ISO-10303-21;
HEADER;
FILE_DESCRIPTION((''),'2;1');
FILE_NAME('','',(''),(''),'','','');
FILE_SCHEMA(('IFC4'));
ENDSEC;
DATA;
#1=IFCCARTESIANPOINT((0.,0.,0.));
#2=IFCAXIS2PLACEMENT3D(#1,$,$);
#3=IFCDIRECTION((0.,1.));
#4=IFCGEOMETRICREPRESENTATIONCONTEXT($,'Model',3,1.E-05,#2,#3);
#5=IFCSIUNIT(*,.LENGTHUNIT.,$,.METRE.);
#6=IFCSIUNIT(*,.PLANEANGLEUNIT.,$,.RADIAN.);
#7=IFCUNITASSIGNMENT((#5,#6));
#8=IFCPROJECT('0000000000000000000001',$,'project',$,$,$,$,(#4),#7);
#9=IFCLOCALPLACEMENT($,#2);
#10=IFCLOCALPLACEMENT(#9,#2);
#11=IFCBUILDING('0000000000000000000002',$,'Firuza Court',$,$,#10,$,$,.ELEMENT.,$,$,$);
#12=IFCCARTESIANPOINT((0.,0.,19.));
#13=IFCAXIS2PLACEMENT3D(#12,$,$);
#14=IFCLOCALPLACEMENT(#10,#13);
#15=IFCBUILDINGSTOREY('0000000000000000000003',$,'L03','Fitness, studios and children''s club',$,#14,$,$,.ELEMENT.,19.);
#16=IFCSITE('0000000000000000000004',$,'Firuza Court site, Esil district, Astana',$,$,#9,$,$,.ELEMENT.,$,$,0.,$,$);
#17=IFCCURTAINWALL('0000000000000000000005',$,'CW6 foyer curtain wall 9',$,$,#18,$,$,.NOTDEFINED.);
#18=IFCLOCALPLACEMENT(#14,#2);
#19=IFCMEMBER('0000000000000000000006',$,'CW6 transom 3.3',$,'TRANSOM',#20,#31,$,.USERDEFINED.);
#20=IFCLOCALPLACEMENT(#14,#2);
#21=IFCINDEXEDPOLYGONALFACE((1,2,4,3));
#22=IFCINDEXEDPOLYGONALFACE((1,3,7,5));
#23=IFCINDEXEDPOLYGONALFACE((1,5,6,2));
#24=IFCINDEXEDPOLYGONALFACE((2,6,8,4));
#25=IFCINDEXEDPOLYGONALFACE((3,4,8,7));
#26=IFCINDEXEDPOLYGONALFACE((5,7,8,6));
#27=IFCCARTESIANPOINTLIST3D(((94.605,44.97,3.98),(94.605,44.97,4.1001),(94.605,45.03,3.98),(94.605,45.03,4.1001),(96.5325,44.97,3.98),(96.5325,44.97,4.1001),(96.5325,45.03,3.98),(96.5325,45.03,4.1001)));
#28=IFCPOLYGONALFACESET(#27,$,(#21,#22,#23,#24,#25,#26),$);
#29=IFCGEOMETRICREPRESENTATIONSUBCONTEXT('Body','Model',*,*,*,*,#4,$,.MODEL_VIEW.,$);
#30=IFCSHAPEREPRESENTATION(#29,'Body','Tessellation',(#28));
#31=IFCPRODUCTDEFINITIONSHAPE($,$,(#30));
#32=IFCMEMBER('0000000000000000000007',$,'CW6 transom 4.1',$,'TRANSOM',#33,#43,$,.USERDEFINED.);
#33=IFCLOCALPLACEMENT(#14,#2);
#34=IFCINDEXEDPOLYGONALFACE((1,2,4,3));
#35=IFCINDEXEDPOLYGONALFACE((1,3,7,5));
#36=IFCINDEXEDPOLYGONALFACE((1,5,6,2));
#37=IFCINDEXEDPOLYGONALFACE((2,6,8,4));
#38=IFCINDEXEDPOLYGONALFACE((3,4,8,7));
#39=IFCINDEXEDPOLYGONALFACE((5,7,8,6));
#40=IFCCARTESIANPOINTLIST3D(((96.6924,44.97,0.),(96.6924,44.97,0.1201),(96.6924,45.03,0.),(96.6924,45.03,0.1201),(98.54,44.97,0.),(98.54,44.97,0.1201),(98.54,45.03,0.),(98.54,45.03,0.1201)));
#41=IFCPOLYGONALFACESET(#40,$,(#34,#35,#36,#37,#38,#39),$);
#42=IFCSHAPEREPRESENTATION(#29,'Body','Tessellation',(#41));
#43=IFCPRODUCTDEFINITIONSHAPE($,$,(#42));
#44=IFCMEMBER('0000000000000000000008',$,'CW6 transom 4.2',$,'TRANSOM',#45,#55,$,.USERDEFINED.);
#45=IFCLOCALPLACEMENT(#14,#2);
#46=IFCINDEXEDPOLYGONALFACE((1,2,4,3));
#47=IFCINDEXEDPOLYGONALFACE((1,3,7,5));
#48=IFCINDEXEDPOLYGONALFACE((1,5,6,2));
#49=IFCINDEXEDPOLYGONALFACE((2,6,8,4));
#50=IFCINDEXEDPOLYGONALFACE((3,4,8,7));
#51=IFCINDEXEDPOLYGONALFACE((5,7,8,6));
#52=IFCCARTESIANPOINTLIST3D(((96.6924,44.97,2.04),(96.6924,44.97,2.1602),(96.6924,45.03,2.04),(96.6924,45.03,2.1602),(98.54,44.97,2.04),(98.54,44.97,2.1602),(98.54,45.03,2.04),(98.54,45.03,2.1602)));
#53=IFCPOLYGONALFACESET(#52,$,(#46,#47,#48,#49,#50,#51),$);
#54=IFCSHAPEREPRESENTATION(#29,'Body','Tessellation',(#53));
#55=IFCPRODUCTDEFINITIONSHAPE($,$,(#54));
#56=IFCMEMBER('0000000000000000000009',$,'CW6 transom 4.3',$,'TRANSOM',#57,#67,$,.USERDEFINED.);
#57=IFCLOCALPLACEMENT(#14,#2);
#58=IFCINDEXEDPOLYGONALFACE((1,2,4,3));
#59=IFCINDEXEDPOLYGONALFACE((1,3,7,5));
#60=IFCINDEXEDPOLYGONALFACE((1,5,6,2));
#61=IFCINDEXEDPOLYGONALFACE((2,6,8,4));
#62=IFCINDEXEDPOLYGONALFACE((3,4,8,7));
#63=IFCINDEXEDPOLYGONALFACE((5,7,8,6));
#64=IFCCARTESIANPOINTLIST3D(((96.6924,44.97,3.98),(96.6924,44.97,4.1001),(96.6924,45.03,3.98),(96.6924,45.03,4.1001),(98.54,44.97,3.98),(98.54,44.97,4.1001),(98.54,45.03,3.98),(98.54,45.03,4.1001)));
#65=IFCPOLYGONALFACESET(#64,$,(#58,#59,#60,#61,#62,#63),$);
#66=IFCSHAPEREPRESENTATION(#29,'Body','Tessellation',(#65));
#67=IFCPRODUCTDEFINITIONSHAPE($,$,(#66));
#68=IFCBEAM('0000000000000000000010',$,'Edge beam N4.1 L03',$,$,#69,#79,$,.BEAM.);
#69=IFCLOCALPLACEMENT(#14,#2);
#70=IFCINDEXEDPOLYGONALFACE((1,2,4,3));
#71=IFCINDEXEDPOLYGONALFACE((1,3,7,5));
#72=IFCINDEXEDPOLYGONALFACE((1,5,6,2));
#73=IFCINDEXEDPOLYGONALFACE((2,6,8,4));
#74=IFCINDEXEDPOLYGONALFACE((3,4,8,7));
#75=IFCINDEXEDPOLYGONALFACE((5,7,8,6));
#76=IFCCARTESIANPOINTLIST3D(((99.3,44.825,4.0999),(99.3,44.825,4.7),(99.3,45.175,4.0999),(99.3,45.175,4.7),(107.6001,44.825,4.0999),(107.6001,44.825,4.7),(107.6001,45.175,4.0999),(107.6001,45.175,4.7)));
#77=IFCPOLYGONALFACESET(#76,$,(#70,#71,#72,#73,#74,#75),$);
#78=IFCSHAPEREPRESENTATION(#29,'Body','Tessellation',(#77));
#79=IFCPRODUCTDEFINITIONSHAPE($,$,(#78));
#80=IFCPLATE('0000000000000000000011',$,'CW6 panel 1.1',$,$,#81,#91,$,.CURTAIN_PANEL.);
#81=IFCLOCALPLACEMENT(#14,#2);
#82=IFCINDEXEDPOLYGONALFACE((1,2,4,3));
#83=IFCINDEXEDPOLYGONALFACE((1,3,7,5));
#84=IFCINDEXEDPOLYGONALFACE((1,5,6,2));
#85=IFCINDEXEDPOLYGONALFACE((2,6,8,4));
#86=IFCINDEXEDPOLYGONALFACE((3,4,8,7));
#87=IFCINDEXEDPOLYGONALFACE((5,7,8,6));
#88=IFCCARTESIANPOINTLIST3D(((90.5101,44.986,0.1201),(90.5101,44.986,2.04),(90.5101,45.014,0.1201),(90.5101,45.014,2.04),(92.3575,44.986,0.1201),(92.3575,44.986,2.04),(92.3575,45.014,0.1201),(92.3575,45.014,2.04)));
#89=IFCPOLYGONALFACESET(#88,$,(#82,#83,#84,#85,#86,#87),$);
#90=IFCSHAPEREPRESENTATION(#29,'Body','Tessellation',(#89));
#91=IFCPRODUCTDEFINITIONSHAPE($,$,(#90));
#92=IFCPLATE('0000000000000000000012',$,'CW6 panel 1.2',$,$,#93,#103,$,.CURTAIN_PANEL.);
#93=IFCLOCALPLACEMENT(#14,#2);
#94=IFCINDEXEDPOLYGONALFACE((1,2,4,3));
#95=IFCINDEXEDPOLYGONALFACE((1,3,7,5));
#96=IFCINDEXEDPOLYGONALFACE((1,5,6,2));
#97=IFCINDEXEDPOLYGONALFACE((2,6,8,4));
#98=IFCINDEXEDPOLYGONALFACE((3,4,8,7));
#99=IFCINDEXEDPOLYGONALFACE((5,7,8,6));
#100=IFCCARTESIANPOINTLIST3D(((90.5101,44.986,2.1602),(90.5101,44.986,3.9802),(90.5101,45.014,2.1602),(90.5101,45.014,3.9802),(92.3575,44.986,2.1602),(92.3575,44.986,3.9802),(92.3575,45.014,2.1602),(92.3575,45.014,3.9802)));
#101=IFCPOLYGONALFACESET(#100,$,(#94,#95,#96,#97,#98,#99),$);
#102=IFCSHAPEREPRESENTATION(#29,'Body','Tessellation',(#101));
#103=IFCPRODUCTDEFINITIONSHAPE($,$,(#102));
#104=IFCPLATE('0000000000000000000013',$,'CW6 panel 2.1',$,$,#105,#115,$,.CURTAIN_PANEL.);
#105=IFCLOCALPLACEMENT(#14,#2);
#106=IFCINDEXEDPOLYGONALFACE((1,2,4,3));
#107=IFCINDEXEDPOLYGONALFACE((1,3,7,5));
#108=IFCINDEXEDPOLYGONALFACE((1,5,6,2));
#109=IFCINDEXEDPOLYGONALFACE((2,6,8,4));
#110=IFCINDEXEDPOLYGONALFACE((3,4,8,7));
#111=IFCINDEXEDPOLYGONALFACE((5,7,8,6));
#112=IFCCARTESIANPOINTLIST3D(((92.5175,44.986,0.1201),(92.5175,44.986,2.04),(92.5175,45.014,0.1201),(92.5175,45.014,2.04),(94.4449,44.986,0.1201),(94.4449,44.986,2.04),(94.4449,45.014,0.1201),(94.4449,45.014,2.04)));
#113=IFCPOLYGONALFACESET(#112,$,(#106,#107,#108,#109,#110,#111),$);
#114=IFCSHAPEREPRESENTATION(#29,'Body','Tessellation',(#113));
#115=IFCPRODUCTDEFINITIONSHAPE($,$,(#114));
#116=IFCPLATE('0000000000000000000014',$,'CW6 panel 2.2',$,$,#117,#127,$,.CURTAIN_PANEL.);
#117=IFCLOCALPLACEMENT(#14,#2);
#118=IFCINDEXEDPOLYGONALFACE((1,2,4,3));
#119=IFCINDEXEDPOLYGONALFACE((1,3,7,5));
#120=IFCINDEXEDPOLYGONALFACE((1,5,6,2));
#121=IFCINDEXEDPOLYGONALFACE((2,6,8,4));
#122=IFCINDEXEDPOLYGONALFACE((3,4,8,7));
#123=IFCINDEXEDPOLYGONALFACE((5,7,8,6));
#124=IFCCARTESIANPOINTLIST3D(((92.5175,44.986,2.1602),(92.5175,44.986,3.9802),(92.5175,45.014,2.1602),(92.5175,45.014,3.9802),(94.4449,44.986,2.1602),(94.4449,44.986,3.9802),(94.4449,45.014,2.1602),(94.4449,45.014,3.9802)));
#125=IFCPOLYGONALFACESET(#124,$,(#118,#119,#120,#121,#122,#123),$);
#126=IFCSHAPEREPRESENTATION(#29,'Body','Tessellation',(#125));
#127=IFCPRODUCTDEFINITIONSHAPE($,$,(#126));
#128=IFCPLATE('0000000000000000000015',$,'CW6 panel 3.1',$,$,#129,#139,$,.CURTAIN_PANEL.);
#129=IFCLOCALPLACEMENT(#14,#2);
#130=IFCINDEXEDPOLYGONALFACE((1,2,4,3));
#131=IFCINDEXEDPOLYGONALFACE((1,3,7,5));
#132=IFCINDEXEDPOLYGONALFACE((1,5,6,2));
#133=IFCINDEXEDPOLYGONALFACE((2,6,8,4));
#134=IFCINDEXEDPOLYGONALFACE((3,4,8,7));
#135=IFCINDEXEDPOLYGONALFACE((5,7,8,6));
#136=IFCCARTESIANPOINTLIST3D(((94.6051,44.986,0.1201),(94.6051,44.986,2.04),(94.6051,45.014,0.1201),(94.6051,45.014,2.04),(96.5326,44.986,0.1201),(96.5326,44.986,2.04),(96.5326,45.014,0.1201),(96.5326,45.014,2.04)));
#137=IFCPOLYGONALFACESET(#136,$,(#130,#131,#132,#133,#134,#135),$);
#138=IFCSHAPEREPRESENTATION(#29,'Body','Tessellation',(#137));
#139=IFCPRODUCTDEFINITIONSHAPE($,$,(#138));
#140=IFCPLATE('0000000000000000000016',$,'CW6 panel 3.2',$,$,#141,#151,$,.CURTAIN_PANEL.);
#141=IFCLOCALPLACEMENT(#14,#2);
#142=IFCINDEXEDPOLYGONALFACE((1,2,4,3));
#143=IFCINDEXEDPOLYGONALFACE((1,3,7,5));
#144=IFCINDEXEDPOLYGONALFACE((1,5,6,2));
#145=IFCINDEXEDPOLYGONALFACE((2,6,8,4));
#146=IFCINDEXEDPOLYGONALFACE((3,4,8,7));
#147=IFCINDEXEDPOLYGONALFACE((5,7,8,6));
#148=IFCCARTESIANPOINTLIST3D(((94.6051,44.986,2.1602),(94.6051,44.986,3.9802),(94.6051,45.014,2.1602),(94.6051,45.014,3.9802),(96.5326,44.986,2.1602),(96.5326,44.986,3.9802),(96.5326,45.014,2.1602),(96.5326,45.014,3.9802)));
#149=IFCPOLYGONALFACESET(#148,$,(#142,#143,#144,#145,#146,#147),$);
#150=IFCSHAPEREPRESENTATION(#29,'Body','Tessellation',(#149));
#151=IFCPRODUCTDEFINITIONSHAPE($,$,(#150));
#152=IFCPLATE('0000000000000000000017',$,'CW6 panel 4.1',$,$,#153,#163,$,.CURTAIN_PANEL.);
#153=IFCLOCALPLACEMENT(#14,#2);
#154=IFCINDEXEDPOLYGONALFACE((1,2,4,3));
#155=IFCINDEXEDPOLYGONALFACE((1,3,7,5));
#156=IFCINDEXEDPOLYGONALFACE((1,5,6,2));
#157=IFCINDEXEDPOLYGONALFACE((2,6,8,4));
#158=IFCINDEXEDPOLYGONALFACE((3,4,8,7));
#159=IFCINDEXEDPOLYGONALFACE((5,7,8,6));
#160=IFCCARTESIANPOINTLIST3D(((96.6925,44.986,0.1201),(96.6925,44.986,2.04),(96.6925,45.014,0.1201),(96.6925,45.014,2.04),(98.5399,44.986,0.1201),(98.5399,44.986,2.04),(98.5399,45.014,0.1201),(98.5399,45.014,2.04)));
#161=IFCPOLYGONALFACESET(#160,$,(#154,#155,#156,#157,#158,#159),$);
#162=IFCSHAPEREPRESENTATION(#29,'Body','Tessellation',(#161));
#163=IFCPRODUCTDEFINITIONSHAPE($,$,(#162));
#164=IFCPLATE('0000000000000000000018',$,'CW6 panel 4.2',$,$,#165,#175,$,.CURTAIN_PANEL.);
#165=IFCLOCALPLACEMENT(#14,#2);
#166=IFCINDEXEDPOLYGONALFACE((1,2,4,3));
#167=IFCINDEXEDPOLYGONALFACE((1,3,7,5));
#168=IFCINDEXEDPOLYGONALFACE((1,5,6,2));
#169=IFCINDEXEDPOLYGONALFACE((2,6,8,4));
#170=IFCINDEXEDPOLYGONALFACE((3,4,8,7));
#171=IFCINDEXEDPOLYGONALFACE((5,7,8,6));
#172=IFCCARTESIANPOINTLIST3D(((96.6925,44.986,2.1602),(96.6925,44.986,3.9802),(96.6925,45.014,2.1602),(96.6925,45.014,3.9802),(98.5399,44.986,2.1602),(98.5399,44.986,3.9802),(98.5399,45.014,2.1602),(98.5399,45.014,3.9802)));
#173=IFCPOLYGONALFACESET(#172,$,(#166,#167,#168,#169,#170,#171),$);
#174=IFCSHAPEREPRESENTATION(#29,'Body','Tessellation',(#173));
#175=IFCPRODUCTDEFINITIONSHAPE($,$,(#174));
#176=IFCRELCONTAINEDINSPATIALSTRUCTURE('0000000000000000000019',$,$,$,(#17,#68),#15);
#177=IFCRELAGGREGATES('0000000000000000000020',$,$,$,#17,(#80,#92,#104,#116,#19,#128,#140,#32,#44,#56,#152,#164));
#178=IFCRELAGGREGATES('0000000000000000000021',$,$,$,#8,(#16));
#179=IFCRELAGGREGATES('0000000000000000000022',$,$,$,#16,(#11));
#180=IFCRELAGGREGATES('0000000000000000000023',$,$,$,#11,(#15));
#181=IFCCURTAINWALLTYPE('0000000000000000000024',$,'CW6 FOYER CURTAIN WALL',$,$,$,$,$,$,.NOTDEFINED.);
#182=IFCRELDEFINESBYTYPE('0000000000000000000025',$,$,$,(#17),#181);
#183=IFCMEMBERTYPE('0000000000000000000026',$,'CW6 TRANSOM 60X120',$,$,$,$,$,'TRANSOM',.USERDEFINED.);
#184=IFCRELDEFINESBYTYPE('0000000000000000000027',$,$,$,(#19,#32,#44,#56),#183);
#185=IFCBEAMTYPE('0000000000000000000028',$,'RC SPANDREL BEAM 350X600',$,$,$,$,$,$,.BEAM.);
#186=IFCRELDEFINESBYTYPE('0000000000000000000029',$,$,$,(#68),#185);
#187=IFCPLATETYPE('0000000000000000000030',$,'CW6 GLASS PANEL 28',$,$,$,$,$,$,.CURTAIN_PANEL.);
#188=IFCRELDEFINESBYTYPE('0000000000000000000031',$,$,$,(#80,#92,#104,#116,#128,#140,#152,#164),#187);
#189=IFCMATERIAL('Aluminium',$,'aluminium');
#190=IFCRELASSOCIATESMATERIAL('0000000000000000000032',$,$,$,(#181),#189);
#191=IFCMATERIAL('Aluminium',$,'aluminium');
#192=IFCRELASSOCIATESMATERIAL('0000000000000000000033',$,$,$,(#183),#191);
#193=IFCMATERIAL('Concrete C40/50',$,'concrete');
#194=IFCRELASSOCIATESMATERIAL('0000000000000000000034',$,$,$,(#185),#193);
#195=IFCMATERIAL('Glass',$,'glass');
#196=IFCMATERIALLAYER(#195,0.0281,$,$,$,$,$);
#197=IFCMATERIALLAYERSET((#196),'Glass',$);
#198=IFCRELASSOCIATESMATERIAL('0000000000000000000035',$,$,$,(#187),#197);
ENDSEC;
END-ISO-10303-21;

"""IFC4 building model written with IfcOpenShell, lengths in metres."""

from ifc_helpers import new_model, si_unit, direction, frame, origin, origin_2d, place, context, subcontext, project, spatial, rectangle, extrude, material, layer, layer_set, material_profile, profile_set, type_object, element, aggregate, save


model = new_model("IFC4")

# Units and contexts
model_context = context("Model", 3, precision=1e-05, world=origin(), true_north=direction((0.0, 1.0)))
body_context = subcontext(model_context, "Body", "Model", "MODEL_VIEW")
ifc_project = project(units=[si_unit("LENGTHUNIT", "METRE"), si_unit("PLANEANGLEUNIT", "RADIAN")], contexts=[model_context])

# Site, building, storey
site_placement = place(None, origin())
site = spatial("IfcSite", under=ifc_project, at=site_placement, Name="Firuza Court site, Esil district, Astana", CompositionType="ELEMENT", RefElevation=0.0)
building_placement = place(site_placement, origin())
building = spatial("IfcBuilding", under=site, at=building_placement, Name="Firuza Court", CompositionType="ELEMENT")
storey_placement = place(building_placement, frame((0.0, 0.0, 19.0)))
storey = spatial("IfcBuildingStorey", under=building, at=storey_placement, Name="L03", Description="Fitness, studios and children's club", CompositionType="ELEMENT", Elevation=19.0)

# Curtain wall
ifc_material_1 = material(Name="Aluminium", Category="aluminium")
curtain_wall_type = type_object("IfcCurtainWallType", Name="CW6 FOYER CURTAIN WALL", PredefinedType="NOTDEFINED", material=ifc_material_1)
curtain_wall_1_placement = place(storey_placement, origin())
curtain_wall_1 = element("IfcCurtainWall", 1, at=curtain_wall_1_placement, inside=storey, type_object=curtain_wall_type, Name="CW6 foyer curtain wall 9", PredefinedType="NOTDEFINED")

# Members
ifc_material_2 = material(Name="Aluminium", Category="aluminium")
ifc_material_profile_1 = material_profile(ifc_material_2, rectangle(XDim=0.0601, YDim=0.1201, at=origin_2d()), Name="TRANSOM 60X120")
ifc_profile_set_1 = profile_set([ifc_material_profile_1], Name="Aluminium")
member_type_1 = type_object("IfcMemberType", Name="CW6 TRANSOM 60X120", ElementType="TRANSOM", PredefinedType="USERDEFINED", material=ifc_profile_set_1)
member_1_placement = place(storey_placement, frame((94.605, 45.0, 4.04), z_axis=(1.0, 0.0, 0.0), x_axis=(0.0, 1.0, 0.0)))
member_1 = element("IfcMember", 2, at=member_1_placement, type_object=member_type_1, Name="CW6 transom 3.3", ObjectType="TRANSOM", PredefinedType="USERDEFINED", context=body_context, shape_type="SweptSolid", body=[
    extrude(rectangle(XDim=0.0601, YDim=0.1201, at=origin_2d()), origin(), (0.0, 0.0, 1.0), 1.9275),
])
member_2_placement = place(storey_placement, frame((96.6924, 45.0, 0.0601), z_axis=(1.0, 0.0, 0.0), x_axis=(0.0, 1.0, 0.0)))
member_2 = element("IfcMember", 3, at=member_2_placement, type_object=member_type_1, Name="CW6 transom 4.1", ObjectType="TRANSOM", PredefinedType="USERDEFINED", context=body_context, shape_type="SweptSolid", body=[
    extrude(rectangle(XDim=0.0601, YDim=0.1201, at=origin_2d()), origin(), (0.0, 0.0, 1.0), 1.8477),
])
member_3_placement = place(storey_placement, frame((96.6924, 45.0, 2.1001), z_axis=(1.0, 0.0, 0.0), x_axis=(0.0, 1.0, 0.0)))
member_3 = element("IfcMember", 4, at=member_3_placement, type_object=member_type_1, Name="CW6 transom 4.2", ObjectType="TRANSOM", PredefinedType="USERDEFINED", context=body_context, shape_type="SweptSolid", body=[
    extrude(rectangle(XDim=0.0601, YDim=0.1201, at=origin_2d()), origin(), (0.0, 0.0, 1.0), 1.8477),
])
member_4_placement = place(storey_placement, frame((96.6924, 45.0, 4.04), z_axis=(1.0, 0.0, 0.0), x_axis=(0.0, 1.0, 0.0)))
member_4 = element("IfcMember", 5, at=member_4_placement, type_object=member_type_1, Name="CW6 transom 4.3", ObjectType="TRANSOM", PredefinedType="USERDEFINED", context=body_context, shape_type="SweptSolid", body=[
    extrude(rectangle(XDim=0.0601, YDim=0.1201, at=origin_2d()), origin(), (0.0, 0.0, 1.0), 1.8477),
])

# Beam
ifc_material_3 = material(Name="Concrete C40/50", Category="concrete")
ifc_material_profile_2 = material_profile(ifc_material_3, rectangle(XDim=0.3501, YDim=0.6001, at=origin_2d()), Name="RC 350X600")
ifc_profile_set_2 = profile_set([ifc_material_profile_2], Name="Concrete C40/50")
beam_type = type_object("IfcBeamType", Name="RC SPANDREL BEAM 350X600", PredefinedType="BEAM", material=ifc_profile_set_2)
beam_placement = place(storey_placement, frame((99.3, 45.0, 4.3999), z_axis=(1.0, 0.0, 0.0), x_axis=(0.0, 1.0, 0.0)))
element("IfcBeam", 6, at=beam_placement, inside=storey, type_object=beam_type, Name="Edge beam N4.1 L03", PredefinedType="BEAM", context=body_context, shape_type="SweptSolid", body=[
    extrude(rectangle(XDim=0.3501, YDim=0.6001, at=origin_2d()), origin(), (0.0, 0.0, 1.0), 8.3),
])

# Plates
ifc_material_4 = material(Name="Glass", Category="glass")
ifc_layer = layer(ifc_material_4, 0.0281)
ifc_layer_set = layer_set([ifc_layer], Name="Glass")
plate_type = type_object("IfcPlateType", Name="CW6 GLASS PANEL 28", PredefinedType="CURTAIN_PANEL", material=ifc_layer_set)
plate_1_placement = place(storey_placement, frame((91.4338, 45.0, 0.1201), z_axis=(0.0, 0.0, 1.0), x_axis=(1.0, 0.0, 0.0)))
plate_1 = element("IfcPlate", 7, at=plate_1_placement, type_object=plate_type, Name="CW6 panel 1.1", PredefinedType="CURTAIN_PANEL", context=body_context, shape_type="SweptSolid", body=[
    extrude(rectangle(XDim=1.8474, YDim=0.0281, at=origin_2d()), origin(), (0.0, 0.0, 1.0), 1.9199),
])
plate_2_placement = place(storey_placement, frame((91.4338, 45.0, 2.1602), z_axis=(0.0, 0.0, 1.0), x_axis=(1.0, 0.0, 0.0)))
plate_2 = element("IfcPlate", 8, at=plate_2_placement, type_object=plate_type, Name="CW6 panel 1.2", PredefinedType="CURTAIN_PANEL", context=body_context, shape_type="SweptSolid", body=[
    extrude(rectangle(XDim=1.8474, YDim=0.0281, at=origin_2d()), origin(), (0.0, 0.0, 1.0), 1.8201),
])
plate_3_placement = place(storey_placement, frame((93.4812, 45.0, 0.1201), z_axis=(0.0, 0.0, 1.0), x_axis=(1.0, 0.0, 0.0)))
plate_3 = element("IfcPlate", 9, at=plate_3_placement, type_object=plate_type, Name="CW6 panel 2.1", PredefinedType="CURTAIN_PANEL", context=body_context, shape_type="SweptSolid", body=[
    extrude(rectangle(XDim=1.9275, YDim=0.0281, at=origin_2d()), origin(), (0.0, 0.0, 1.0), 1.9199),
])
plate_4_placement = place(storey_placement, frame((93.4812, 45.0, 2.1602), z_axis=(0.0, 0.0, 1.0), x_axis=(1.0, 0.0, 0.0)))
plate_4 = element("IfcPlate", 10, at=plate_4_placement, type_object=plate_type, Name="CW6 panel 2.2", PredefinedType="CURTAIN_PANEL", context=body_context, shape_type="SweptSolid", body=[
    extrude(rectangle(XDim=1.9275, YDim=0.0281, at=origin_2d()), origin(), (0.0, 0.0, 1.0), 1.8201),
])
plate_5_placement = place(storey_placement, frame((95.5688, 45.0, 0.1201), z_axis=(0.0, 0.0, 1.0), x_axis=(1.0, 0.0, 0.0)))
plate_5 = element("IfcPlate", 11, at=plate_5_placement, type_object=plate_type, Name="CW6 panel 3.1", PredefinedType="CURTAIN_PANEL", context=body_context, shape_type="SweptSolid", body=[
    extrude(rectangle(XDim=1.9275, YDim=0.0281, at=origin_2d()), origin(), (0.0, 0.0, 1.0), 1.9199),
])
plate_6_placement = place(storey_placement, frame((95.5688, 45.0, 2.1602), z_axis=(0.0, 0.0, 1.0), x_axis=(1.0, 0.0, 0.0)))
plate_6 = element("IfcPlate", 12, at=plate_6_placement, type_object=plate_type, Name="CW6 panel 3.2", PredefinedType="CURTAIN_PANEL", context=body_context, shape_type="SweptSolid", body=[
    extrude(rectangle(XDim=1.9275, YDim=0.0281, at=origin_2d()), origin(), (0.0, 0.0, 1.0), 1.8201),
])
plate_7_placement = place(storey_placement, frame((97.6162, 45.0, 0.1201), z_axis=(0.0, 0.0, 1.0), x_axis=(1.0, 0.0, 0.0)))
plate_7 = element("IfcPlate", 13, at=plate_7_placement, type_object=plate_type, Name="CW6 panel 4.1", PredefinedType="CURTAIN_PANEL", context=body_context, shape_type="SweptSolid", body=[
    extrude(rectangle(XDim=1.8474, YDim=0.0281, at=origin_2d()), origin(), (0.0, 0.0, 1.0), 1.9199),
])
plate_8_placement = place(storey_placement, frame((97.6162, 45.0, 2.1602), z_axis=(0.0, 0.0, 1.0), x_axis=(1.0, 0.0, 0.0)))
plate_8 = element("IfcPlate", 14, at=plate_8_placement, type_object=plate_type, Name="CW6 panel 4.2", PredefinedType="CURTAIN_PANEL", context=body_context, shape_type="SweptSolid", body=[
    extrude(rectangle(XDim=1.8474, YDim=0.0281, at=origin_2d()), origin(), (0.0, 0.0, 1.0), 1.8201),
])
aggregate(curtain_wall_1, [plate_1, plate_2, plate_3, plate_4, member_1, plate_5, plate_6, member_2, member_3, member_4, plate_7, plate_8])

save(model, "model.ifc")
